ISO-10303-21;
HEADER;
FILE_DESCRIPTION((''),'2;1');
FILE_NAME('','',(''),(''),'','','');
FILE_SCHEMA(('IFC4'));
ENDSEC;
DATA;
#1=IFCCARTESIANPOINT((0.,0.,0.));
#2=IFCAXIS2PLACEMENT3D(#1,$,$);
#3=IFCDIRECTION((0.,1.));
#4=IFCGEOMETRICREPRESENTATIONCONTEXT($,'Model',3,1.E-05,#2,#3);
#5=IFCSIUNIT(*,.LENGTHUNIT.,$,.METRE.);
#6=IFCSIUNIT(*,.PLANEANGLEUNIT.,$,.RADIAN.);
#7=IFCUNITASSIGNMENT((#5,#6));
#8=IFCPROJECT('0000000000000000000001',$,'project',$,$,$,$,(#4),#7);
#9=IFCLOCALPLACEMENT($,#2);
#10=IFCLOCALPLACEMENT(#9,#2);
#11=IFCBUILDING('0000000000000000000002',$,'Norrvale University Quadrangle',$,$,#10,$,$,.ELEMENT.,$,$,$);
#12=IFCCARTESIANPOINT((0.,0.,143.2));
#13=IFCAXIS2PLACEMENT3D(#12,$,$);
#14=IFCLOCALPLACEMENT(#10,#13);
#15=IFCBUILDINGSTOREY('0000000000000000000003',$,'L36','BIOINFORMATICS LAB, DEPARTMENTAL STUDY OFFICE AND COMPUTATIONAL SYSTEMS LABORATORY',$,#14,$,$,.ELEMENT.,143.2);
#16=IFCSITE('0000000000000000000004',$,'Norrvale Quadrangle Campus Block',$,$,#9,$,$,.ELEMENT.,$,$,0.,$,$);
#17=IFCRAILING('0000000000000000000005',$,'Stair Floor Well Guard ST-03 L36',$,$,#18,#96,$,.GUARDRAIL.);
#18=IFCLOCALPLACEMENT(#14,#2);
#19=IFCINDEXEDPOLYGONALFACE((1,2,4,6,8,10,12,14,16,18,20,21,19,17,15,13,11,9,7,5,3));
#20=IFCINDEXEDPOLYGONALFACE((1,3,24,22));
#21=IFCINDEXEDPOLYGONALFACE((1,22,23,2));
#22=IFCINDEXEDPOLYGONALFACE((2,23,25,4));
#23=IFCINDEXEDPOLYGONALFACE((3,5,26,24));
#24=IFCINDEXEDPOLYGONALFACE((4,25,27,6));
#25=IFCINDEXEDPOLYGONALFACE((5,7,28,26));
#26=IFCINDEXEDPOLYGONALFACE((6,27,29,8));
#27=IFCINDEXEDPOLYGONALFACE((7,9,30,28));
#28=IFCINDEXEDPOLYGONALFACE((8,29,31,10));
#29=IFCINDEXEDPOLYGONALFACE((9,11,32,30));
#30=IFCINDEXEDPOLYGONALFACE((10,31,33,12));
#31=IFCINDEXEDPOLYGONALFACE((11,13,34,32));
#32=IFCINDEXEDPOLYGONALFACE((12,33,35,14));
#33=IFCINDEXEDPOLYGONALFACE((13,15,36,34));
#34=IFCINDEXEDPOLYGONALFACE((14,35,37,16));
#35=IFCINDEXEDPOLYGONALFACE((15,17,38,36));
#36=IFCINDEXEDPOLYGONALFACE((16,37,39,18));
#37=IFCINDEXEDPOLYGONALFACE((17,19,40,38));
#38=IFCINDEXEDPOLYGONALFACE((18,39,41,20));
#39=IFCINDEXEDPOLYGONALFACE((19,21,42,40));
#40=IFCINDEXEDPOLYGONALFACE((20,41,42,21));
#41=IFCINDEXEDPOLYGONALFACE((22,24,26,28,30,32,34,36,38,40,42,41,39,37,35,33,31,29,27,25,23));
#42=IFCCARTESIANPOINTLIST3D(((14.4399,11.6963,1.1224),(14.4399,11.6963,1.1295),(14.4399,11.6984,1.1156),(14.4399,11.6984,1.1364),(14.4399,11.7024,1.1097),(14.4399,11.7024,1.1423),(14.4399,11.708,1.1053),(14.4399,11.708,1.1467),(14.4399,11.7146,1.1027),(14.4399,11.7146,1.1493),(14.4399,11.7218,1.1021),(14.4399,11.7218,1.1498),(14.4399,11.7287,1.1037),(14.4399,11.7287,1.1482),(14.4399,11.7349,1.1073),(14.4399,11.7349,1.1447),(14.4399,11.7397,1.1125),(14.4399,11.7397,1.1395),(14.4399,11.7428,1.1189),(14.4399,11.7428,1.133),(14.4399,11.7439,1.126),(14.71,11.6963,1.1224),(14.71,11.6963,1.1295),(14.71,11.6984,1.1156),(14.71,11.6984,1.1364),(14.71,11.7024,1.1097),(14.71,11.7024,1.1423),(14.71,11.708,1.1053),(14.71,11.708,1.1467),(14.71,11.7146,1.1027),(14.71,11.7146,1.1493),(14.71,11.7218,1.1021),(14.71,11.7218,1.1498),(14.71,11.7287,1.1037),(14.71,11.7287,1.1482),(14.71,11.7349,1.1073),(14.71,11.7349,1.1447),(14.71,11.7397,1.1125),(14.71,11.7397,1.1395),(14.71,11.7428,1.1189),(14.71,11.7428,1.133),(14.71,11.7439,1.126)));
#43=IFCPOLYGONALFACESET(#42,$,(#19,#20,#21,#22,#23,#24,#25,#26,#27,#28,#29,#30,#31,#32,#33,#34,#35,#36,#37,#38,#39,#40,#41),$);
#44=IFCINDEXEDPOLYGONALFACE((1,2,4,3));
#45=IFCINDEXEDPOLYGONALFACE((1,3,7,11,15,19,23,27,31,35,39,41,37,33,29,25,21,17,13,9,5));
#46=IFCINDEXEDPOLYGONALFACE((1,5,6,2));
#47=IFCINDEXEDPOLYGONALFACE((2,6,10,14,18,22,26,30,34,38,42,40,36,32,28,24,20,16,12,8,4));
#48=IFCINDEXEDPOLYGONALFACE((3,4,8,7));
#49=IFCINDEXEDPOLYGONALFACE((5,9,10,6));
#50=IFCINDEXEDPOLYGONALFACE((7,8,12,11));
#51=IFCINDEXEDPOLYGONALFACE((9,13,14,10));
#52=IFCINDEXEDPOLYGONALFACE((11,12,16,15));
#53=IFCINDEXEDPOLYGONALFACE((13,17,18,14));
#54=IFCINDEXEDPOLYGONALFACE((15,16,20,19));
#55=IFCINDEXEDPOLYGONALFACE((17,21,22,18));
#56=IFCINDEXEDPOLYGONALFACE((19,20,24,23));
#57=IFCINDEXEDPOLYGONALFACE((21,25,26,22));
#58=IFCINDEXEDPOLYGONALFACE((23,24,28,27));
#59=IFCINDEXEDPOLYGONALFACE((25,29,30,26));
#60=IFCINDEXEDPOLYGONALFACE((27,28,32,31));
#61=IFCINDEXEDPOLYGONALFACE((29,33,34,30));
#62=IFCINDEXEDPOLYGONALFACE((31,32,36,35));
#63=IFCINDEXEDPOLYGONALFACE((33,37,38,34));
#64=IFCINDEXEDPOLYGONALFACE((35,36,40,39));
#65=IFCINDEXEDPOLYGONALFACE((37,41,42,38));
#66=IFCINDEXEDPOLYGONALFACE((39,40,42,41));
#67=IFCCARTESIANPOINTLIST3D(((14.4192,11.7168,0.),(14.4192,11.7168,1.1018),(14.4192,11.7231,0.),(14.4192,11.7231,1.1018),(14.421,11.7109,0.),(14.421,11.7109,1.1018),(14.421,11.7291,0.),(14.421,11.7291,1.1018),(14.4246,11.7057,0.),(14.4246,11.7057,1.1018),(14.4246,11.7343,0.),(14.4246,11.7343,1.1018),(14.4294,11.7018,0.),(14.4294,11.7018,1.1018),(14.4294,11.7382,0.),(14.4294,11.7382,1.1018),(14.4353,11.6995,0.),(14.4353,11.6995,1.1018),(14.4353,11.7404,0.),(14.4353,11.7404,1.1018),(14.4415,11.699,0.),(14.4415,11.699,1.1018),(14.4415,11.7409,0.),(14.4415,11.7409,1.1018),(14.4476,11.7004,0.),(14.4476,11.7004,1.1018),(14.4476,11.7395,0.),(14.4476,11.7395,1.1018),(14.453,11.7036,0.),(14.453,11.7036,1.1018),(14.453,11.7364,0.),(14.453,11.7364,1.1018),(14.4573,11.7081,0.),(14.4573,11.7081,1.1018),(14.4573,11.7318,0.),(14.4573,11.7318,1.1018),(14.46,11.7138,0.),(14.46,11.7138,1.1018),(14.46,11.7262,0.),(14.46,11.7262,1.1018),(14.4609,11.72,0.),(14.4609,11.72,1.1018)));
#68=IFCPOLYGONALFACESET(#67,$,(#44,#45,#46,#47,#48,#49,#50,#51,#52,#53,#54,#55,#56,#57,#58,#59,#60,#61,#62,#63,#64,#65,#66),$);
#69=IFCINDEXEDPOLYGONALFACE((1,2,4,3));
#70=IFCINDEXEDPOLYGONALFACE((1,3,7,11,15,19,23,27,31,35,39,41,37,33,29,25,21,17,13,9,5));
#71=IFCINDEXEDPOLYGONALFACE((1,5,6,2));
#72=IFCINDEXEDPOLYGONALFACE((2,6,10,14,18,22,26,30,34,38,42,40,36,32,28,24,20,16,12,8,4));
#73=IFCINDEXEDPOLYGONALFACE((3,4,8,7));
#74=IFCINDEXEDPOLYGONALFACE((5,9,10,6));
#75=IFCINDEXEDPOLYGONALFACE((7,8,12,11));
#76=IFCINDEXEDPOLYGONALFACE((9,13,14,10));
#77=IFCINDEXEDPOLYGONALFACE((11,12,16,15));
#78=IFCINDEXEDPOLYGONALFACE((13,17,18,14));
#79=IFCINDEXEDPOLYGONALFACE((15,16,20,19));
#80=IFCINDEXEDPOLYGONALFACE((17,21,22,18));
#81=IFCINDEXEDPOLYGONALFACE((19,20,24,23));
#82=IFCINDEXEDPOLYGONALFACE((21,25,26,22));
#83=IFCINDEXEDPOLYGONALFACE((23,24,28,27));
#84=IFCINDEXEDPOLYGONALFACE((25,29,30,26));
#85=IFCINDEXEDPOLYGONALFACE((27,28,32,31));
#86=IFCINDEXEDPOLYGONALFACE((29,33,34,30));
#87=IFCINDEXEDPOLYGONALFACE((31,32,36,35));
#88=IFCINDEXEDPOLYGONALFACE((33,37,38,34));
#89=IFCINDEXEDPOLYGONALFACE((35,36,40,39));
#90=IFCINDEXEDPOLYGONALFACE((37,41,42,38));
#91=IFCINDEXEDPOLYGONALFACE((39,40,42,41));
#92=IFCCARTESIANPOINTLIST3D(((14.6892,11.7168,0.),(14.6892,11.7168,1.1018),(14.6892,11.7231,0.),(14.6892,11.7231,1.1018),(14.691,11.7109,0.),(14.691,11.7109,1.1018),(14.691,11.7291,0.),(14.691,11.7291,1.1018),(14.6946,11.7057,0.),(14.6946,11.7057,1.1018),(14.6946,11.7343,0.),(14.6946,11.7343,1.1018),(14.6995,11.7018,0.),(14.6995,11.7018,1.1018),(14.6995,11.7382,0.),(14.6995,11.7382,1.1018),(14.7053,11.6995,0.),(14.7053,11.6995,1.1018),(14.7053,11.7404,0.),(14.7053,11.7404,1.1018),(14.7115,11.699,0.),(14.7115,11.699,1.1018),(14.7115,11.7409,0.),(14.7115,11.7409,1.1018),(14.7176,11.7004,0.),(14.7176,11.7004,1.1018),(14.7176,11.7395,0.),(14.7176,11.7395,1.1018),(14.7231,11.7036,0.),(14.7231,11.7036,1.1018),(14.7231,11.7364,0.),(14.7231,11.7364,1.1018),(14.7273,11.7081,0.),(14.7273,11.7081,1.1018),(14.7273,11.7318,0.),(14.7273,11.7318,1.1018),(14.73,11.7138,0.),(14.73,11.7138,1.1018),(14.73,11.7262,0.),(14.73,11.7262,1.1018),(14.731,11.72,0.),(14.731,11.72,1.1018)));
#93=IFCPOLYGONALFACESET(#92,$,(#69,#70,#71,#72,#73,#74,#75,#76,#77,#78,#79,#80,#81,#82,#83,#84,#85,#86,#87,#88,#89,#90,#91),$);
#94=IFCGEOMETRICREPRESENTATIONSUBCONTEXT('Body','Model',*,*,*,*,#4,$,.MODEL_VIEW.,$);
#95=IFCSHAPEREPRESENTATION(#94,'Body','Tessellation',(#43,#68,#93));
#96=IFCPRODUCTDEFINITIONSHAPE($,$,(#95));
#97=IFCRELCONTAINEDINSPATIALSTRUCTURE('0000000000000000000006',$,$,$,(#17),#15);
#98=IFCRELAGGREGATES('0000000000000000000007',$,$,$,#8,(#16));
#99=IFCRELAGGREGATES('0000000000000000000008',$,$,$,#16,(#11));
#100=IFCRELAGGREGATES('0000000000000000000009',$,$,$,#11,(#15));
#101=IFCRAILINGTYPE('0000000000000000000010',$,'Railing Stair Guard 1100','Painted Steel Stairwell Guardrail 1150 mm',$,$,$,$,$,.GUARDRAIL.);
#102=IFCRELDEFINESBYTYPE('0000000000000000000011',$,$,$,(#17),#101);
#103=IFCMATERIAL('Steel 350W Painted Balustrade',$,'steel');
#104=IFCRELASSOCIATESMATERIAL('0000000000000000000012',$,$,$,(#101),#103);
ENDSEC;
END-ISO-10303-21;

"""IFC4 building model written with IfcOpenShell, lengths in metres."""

from ifc_helpers import new_model, si_unit, direction, frame, origin, origin_2d, place, context, subcontext, project, spatial, circle, extrude, material, type_object, element, save


model = new_model("IFC4")

# Units and contexts
model_context = context("Model", 3, precision=1e-05, world=origin(), true_north=direction((0.0, 1.0)))
body_context = subcontext(model_context, "Body", "Model", "MODEL_VIEW")
ifc_project = project(units=[si_unit("LENGTHUNIT", "METRE"), si_unit("PLANEANGLEUNIT", "RADIAN")], contexts=[model_context])

# Site, building, storey
site_placement = place(None, origin())
site = spatial("IfcSite", under=ifc_project, at=site_placement, Name="Norrvale Quadrangle Campus Block", CompositionType="ELEMENT", RefElevation=0.0)
building_placement = place(site_placement, origin())
building = spatial("IfcBuilding", under=site, at=building_placement, Name="Norrvale University Quadrangle", CompositionType="ELEMENT")
storey_placement = place(building_placement, frame((0.0, 0.0, 143.2)))
storey = spatial("IfcBuildingStorey", under=building, at=storey_placement, Name="L36", Description="BIOINFORMATICS LAB, DEPARTMENTAL STUDY OFFICE AND COMPUTATIONAL SYSTEMS LABORATORY", CompositionType="ELEMENT", Elevation=143.2)

# Railing
ifc_material_1 = material(Name="Steel 350W Painted Balustrade", Category="steel")
railing_type = type_object("IfcRailingType", Name="Railing Stair Guard 1100", Description="Painted Steel Stairwell Guardrail 1150 mm", PredefinedType="GUARDRAIL", material=ifc_material_1)
for number, where, name in (
    (1, (14.4399, 11.72, 0.0), "Stair Floor Well Guard ST-03 L36"),
):
    element("IfcRailing", number, at=place(storey_placement, frame(where)), inside=storey, type_object=railing_type, Name=name, PredefinedType="GUARDRAIL", context=body_context, shape_type="SweptSolid", body=[
        extrude(circle(Radius=0.0239, at=origin_2d()), frame((0.0, 0.0, 1.126), z_axis=(1.0, 0.0, 0.0), x_axis=(0.0, 1.0, 0.0)), (0.0, 0.0, 1.0), 0.27),
        extrude(circle(Radius=0.021, at=origin_2d()), origin(), (0.0, 0.0, 1.0), 1.1018),
        extrude(circle(Radius=0.021, at=origin_2d()), frame((0.27, 0.0, 0.0)), (0.0, 0.0, 1.0), 1.1018),
    ])

save(model, "model.ifc")
